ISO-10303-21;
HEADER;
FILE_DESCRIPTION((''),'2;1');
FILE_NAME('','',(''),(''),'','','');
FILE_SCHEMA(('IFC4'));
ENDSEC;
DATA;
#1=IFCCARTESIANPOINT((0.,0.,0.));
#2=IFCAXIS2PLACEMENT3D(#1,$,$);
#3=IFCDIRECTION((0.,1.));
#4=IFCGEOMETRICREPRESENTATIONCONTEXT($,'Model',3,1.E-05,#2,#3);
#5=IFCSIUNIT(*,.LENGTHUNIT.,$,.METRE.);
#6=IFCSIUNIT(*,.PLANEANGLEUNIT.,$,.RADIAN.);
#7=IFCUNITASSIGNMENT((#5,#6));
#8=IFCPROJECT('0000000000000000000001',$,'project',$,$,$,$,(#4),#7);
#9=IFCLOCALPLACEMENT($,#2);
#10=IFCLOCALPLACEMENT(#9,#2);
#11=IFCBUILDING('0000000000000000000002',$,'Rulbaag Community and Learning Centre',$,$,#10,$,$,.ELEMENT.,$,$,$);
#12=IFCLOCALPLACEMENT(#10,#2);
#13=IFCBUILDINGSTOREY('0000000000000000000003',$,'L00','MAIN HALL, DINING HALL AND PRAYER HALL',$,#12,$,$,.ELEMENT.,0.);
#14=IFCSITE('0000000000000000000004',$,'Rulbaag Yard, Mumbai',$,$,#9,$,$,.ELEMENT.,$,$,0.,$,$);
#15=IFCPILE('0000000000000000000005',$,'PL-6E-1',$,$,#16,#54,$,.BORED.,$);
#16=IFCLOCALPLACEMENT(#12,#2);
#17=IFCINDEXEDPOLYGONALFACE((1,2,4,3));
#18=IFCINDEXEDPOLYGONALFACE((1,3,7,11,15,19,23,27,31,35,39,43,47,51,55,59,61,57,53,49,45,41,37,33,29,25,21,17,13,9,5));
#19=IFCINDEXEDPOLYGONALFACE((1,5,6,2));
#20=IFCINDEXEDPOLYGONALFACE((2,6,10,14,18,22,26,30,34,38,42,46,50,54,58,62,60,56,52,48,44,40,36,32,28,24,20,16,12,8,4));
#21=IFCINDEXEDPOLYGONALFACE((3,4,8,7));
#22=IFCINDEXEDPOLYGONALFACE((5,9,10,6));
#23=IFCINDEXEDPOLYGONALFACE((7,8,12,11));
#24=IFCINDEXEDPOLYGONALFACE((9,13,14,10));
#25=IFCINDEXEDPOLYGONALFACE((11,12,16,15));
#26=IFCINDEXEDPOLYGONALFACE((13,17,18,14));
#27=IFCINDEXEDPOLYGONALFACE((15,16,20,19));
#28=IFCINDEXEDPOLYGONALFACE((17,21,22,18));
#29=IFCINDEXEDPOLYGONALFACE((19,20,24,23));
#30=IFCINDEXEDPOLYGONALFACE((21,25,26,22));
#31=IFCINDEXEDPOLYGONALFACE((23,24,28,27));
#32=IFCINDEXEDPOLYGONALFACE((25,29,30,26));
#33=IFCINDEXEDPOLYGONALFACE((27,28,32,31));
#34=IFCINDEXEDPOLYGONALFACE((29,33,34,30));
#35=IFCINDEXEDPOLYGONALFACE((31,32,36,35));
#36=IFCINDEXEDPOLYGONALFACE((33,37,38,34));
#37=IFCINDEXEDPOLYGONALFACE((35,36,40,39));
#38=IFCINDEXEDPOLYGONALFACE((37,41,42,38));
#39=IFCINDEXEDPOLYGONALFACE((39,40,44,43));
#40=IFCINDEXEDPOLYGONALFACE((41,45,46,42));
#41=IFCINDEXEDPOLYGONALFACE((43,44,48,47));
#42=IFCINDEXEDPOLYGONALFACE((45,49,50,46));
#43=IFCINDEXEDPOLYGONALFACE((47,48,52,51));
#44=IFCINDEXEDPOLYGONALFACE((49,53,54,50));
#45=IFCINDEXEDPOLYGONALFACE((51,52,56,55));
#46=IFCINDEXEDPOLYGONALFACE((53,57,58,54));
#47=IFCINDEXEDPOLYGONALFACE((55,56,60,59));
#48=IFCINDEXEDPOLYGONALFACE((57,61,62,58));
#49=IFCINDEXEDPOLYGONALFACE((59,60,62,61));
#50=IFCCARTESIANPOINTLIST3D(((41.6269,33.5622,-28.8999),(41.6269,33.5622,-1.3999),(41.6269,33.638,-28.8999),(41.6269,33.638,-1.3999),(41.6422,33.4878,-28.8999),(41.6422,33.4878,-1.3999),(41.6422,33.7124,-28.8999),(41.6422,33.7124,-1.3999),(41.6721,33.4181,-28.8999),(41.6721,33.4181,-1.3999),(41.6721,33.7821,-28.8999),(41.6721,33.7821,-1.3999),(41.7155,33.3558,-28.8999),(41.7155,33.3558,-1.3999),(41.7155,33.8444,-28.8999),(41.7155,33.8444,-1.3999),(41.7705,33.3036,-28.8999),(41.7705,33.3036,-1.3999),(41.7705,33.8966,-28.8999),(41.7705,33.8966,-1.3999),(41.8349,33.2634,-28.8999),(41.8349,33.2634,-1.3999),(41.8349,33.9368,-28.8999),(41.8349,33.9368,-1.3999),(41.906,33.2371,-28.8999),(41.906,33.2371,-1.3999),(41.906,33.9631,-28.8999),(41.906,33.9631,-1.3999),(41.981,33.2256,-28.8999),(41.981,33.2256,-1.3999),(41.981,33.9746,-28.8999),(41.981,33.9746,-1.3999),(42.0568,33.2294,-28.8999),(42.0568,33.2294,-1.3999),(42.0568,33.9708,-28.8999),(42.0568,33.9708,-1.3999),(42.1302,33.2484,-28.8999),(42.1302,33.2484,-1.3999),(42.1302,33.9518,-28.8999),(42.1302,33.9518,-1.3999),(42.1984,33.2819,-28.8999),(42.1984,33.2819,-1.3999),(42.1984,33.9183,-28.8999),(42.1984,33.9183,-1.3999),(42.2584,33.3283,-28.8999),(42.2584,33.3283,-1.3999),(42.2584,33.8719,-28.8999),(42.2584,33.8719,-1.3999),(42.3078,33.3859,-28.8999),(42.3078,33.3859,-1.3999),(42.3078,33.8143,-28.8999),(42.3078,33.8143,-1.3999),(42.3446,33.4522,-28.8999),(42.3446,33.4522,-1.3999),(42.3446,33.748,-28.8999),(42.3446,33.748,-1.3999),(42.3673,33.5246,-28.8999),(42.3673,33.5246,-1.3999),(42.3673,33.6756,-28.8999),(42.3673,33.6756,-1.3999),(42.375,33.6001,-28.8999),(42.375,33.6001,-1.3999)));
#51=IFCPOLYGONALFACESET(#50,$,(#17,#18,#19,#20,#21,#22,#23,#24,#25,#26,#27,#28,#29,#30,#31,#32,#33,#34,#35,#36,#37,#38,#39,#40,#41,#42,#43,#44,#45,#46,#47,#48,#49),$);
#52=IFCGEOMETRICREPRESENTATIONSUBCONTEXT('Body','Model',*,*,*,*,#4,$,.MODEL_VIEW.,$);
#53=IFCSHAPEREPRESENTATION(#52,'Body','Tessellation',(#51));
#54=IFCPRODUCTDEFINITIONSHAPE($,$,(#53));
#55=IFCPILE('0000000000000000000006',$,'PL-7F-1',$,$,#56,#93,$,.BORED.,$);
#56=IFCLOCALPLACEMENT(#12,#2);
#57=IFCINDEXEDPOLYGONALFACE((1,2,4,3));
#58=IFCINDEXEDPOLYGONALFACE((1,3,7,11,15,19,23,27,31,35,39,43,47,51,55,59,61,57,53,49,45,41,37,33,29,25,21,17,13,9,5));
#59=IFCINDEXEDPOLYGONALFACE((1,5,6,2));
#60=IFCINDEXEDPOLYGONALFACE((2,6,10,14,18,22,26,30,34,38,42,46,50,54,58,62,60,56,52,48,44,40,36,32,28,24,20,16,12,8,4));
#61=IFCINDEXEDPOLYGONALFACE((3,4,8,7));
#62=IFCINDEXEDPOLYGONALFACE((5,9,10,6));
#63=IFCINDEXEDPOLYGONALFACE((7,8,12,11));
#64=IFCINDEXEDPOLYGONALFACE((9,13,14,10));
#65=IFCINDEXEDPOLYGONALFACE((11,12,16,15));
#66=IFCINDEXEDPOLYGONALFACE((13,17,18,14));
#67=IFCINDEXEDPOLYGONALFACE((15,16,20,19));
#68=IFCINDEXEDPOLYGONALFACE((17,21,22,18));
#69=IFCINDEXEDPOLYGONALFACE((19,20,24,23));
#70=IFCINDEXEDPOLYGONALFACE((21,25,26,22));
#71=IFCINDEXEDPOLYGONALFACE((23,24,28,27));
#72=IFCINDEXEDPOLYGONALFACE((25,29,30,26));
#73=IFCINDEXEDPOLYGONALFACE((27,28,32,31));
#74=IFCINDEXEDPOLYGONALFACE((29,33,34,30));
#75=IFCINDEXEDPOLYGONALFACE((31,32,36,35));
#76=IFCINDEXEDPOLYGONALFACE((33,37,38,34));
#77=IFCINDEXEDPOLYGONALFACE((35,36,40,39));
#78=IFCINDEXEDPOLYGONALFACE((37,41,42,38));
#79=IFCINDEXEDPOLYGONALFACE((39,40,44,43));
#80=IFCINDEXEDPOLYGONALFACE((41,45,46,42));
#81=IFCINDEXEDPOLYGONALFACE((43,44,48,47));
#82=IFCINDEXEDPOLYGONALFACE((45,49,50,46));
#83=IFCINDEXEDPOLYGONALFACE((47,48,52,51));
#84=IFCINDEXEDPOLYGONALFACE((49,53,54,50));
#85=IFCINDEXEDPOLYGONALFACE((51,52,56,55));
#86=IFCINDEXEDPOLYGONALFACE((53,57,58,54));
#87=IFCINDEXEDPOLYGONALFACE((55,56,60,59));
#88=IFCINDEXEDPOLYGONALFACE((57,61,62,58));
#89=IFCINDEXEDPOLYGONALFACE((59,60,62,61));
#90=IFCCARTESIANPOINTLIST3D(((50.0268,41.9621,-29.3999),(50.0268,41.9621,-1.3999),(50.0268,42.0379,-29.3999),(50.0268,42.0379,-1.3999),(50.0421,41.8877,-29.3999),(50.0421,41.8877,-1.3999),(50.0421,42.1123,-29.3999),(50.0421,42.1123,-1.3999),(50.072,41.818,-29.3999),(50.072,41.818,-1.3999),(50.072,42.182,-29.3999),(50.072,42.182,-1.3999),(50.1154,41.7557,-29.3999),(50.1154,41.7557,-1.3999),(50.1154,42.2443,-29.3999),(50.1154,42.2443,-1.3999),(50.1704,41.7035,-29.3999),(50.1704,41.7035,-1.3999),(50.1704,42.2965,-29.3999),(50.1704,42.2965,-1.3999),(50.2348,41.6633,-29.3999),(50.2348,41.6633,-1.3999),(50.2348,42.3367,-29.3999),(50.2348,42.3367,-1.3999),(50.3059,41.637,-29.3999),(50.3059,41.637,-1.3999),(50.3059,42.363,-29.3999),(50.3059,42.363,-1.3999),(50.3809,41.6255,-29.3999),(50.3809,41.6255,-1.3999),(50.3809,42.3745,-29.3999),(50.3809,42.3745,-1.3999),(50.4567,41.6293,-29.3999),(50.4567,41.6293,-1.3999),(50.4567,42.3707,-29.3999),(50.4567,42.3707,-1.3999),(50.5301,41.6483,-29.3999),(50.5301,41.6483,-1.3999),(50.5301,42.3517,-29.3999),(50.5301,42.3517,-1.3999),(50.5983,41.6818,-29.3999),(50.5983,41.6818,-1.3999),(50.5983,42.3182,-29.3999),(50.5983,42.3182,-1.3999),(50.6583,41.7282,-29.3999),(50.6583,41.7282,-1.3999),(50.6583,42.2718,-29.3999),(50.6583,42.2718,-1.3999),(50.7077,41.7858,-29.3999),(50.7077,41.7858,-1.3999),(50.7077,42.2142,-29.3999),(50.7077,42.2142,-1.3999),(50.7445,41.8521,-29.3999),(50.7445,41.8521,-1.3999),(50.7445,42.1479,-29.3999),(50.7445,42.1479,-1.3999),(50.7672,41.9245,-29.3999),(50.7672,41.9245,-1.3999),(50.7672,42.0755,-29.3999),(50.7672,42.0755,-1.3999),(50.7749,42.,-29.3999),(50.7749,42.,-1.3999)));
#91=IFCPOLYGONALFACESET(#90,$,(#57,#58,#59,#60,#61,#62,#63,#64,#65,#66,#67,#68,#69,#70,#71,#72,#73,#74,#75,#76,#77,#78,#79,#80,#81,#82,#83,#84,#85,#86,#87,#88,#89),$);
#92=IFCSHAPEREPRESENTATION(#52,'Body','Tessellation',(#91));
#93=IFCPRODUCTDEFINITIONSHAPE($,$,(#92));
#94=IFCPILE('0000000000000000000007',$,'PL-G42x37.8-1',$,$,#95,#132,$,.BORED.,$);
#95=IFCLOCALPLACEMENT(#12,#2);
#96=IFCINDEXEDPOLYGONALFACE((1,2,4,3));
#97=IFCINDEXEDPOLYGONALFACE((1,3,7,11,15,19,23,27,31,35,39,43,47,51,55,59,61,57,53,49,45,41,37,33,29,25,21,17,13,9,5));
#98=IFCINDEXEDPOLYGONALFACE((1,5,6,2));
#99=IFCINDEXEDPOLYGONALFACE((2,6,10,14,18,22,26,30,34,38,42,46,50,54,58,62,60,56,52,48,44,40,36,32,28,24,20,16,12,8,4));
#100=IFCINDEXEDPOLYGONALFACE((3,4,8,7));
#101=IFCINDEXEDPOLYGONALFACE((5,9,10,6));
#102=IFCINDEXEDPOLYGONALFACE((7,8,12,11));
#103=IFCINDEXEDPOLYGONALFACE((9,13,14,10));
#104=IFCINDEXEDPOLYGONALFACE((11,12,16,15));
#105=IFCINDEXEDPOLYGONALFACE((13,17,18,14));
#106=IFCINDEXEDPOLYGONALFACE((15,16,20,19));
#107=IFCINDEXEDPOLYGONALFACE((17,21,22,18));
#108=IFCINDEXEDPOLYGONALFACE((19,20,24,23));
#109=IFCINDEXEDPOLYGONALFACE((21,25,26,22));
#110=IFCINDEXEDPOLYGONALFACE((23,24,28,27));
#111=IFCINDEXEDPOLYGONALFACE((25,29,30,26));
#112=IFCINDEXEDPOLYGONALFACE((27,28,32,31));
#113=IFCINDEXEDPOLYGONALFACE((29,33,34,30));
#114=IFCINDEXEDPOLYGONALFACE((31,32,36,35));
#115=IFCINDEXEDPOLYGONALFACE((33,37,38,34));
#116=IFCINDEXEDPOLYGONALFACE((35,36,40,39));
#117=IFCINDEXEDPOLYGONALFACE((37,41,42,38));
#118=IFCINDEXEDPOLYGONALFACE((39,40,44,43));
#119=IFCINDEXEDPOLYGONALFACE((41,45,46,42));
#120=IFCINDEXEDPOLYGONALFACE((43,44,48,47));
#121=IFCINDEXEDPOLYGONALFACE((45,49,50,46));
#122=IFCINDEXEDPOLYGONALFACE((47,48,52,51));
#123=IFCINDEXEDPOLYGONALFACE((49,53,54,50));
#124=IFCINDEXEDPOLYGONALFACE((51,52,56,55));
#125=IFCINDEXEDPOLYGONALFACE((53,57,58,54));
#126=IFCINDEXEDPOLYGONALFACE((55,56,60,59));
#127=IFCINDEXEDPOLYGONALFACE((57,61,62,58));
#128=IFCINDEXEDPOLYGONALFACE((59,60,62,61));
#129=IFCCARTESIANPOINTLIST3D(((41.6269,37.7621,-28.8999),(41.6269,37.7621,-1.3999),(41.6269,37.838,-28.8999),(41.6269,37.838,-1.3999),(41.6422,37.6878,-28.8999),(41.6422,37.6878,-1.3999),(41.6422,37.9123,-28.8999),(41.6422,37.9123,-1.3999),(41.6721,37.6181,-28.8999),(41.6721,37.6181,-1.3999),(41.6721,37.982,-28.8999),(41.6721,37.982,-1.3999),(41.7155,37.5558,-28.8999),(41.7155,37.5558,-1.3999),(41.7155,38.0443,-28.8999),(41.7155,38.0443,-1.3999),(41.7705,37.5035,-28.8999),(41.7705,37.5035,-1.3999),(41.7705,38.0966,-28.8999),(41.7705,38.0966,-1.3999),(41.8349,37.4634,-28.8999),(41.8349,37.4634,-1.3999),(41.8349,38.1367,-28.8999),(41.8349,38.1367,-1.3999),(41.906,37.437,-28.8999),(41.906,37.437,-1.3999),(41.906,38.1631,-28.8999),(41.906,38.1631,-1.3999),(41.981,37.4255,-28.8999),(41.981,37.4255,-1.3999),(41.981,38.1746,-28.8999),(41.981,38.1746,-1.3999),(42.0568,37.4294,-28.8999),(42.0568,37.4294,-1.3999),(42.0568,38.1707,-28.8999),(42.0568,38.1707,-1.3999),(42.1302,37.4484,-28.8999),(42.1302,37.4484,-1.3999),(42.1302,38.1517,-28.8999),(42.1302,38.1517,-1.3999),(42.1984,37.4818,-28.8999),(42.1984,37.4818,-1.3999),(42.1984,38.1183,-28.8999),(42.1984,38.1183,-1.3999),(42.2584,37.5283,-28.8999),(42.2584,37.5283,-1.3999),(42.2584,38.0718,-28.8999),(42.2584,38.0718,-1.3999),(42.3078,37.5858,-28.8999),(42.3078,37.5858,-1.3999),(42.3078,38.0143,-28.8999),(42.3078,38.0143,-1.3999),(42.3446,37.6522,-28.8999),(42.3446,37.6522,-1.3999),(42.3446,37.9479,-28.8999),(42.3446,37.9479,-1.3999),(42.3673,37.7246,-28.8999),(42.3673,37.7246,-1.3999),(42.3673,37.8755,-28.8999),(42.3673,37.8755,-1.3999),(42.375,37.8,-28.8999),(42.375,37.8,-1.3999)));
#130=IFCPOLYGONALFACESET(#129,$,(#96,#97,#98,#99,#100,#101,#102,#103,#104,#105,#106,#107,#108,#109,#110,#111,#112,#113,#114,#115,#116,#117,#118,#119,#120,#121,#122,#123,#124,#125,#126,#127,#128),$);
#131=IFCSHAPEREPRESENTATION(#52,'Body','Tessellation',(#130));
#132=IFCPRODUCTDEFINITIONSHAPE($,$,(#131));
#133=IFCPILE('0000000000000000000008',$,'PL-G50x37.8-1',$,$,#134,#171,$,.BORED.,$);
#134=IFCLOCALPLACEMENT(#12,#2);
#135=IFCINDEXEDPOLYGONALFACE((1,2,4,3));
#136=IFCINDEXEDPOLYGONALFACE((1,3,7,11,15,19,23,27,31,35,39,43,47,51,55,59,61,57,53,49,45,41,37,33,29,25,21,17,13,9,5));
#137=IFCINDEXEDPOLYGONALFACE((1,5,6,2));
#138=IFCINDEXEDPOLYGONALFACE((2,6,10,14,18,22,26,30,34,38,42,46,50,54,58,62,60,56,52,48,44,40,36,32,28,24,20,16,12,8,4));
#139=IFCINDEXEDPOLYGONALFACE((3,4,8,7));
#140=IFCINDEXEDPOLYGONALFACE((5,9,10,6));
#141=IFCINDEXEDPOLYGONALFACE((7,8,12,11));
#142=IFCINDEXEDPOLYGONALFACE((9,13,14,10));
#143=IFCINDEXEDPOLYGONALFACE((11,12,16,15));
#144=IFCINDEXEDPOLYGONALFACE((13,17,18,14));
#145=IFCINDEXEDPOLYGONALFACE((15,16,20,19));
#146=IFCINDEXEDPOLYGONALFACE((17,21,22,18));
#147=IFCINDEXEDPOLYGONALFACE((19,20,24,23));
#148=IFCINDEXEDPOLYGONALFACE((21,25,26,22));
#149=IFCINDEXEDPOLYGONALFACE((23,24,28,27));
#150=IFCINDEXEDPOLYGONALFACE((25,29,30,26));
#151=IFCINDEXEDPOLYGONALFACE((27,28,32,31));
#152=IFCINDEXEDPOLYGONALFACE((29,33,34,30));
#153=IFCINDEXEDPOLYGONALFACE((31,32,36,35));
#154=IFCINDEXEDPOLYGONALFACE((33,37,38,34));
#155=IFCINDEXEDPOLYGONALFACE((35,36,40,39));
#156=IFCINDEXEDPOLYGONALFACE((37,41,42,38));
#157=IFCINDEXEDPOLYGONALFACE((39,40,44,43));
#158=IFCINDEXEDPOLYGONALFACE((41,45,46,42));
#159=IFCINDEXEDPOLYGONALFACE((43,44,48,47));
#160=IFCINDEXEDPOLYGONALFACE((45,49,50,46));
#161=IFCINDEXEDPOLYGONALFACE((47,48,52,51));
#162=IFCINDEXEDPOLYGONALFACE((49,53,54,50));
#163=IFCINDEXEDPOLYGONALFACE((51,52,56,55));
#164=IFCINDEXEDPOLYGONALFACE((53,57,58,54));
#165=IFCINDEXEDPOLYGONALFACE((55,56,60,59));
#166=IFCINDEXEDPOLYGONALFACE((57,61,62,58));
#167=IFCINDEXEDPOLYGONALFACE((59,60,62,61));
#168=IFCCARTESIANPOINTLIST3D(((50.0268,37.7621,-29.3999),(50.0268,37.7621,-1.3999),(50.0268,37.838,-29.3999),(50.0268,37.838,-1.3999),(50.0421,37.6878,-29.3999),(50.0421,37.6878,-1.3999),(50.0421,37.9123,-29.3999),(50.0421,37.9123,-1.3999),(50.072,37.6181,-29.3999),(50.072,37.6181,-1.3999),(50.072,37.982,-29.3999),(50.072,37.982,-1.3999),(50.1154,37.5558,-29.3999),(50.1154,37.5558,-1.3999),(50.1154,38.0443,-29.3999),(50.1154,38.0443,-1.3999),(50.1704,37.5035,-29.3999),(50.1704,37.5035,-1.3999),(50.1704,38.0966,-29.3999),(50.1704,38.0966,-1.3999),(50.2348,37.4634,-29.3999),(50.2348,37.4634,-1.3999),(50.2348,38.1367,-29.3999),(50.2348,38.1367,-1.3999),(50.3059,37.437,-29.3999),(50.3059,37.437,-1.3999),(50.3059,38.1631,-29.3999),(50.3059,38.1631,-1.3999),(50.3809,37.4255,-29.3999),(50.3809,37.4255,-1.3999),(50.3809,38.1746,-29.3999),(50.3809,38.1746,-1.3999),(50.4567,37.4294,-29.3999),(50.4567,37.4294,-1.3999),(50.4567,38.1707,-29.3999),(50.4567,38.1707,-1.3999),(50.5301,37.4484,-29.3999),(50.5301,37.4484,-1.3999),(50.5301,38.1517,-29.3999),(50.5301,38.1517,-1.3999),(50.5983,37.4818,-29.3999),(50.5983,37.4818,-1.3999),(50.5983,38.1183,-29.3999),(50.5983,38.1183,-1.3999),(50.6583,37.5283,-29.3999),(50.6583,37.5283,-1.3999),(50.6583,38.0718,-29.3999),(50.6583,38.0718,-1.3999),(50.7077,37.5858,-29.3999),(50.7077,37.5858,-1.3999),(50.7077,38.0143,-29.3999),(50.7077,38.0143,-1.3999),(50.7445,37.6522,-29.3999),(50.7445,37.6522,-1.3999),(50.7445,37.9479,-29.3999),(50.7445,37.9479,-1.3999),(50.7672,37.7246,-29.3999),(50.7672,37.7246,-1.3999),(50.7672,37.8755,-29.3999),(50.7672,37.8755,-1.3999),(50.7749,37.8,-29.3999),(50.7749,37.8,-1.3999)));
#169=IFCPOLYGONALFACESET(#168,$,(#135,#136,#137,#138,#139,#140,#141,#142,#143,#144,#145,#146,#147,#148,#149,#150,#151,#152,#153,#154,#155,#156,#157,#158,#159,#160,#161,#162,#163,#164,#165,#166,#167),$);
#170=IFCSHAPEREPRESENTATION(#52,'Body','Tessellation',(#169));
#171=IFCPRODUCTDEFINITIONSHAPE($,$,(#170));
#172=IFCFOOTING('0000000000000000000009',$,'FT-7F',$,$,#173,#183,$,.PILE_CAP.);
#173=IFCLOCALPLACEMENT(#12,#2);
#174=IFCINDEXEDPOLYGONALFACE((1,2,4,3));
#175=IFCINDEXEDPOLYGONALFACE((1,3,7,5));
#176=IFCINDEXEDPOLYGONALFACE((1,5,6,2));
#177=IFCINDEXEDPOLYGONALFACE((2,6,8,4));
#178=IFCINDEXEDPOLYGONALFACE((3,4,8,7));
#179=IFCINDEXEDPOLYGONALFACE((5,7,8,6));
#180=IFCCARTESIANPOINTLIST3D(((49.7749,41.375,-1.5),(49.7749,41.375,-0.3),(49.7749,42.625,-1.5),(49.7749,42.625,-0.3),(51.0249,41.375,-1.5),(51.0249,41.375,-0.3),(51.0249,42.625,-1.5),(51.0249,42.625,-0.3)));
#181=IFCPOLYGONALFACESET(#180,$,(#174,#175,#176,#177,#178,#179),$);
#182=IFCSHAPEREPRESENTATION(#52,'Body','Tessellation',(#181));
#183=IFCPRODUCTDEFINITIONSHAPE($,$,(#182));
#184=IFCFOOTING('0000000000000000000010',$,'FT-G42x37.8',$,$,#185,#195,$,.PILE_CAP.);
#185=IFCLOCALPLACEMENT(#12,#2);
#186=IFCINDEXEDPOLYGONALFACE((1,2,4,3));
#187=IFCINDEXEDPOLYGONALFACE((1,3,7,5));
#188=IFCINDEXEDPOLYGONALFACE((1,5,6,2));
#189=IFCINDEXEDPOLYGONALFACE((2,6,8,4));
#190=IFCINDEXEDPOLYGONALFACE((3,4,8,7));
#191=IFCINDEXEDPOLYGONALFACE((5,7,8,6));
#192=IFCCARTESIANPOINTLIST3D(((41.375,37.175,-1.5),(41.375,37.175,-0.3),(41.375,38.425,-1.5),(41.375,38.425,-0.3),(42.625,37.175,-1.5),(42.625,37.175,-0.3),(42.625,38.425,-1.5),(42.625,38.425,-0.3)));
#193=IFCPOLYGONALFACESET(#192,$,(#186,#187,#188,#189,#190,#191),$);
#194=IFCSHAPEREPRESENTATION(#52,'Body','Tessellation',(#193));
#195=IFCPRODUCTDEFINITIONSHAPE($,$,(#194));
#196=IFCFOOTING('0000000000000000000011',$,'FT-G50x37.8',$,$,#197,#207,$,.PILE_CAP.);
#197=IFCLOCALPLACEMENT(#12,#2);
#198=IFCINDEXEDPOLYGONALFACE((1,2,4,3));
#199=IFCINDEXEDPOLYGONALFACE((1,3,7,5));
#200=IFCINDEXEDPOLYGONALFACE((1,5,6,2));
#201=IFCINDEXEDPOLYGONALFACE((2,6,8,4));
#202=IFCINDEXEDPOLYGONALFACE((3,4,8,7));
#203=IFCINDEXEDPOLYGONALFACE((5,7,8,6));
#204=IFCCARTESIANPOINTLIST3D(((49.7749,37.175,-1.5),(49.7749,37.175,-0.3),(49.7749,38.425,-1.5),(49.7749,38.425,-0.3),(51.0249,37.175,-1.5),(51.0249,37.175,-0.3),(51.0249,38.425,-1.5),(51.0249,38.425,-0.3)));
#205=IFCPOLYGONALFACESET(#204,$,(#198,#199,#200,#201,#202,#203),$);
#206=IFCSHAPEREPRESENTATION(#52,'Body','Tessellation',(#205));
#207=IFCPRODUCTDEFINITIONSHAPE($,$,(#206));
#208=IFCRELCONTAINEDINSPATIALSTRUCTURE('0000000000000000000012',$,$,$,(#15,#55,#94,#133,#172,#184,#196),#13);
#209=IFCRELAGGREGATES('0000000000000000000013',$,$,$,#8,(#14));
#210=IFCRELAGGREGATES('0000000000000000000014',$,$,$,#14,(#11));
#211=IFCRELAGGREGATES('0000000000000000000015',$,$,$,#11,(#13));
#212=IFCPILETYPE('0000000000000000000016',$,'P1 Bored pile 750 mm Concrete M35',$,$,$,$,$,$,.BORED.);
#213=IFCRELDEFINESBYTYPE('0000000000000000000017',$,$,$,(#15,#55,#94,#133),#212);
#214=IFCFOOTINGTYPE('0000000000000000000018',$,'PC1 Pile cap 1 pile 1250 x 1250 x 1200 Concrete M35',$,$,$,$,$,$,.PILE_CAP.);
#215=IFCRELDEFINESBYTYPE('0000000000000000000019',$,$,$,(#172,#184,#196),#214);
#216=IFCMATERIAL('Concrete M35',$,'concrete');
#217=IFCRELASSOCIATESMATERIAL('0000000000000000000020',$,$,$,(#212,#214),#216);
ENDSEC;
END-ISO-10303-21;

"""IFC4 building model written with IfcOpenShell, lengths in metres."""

from ifc_helpers import new_model, si_unit, direction, frame, origin, origin_2d, place, context, subcontext, project, spatial, rectangle, circle, extrude, material, material_profile, profile_set, type_object, element, save


model = new_model("IFC4")

# Units and contexts
model_context = context("Model", 3, precision=1e-05, world=origin(), true_north=direction((0.0, 1.0)))
body_context = subcontext(model_context, "Body", "Model", "MODEL_VIEW")
ifc_project = project(units=[si_unit("LENGTHUNIT", "METRE"), si_unit("PLANEANGLEUNIT", "RADIAN")], contexts=[model_context])

# Site, building, storey
site_placement = place(None, origin())
site = spatial("IfcSite", under=ifc_project, at=site_placement, Name="Rulbaag Yard, Mumbai", CompositionType="ELEMENT", RefElevation=0.0)
building_placement = place(site_placement, origin())
building = spatial("IfcBuilding", under=site, at=building_placement, Name="Rulbaag Community and Learning Centre", CompositionType="ELEMENT")
storey_placement = place(building_placement, origin())
storey = spatial("IfcBuildingStorey", under=building, at=storey_placement, Name="L00", Description="MAIN HALL, DINING HALL AND PRAYER HALL", CompositionType="ELEMENT", Elevation=0.0)

# Piles
ifc_material_1 = material(Name="Concrete M35", Category="concrete")
ifc_material_profile_1 = material_profile(ifc_material_1, circle(Radius=0.375, at=origin_2d()), Name="BP750")
ifc_profile_set_1 = profile_set([ifc_material_profile_1], Name="Concrete M35")
pile_type = type_object("IfcPileType", Name="P1 Bored pile 750 mm Concrete M35", PredefinedType="BORED", material=ifc_profile_set_1)
pile_1_placement = place(storey_placement, frame((42.0, 33.6001, -1.3999), z_axis=(0.0, 0.0, -1.0), x_axis=(1.0, 0.0, 0.0)))
element("IfcPile", 1, at=pile_1_placement, inside=storey, type_object=pile_type, Name="PL-6E-1", PredefinedType="BORED", context=body_context, shape_type="SweptSolid", body=[
    extrude(circle(Radius=0.375, at=origin_2d()), origin(), (0.0, 0.0, 1.0), 27.5),
])
pile_2_placement = place(storey_placement, frame((50.3999, 42.0, -1.3999), z_axis=(0.0, 0.0, -1.0), x_axis=(1.0, 0.0, 0.0)))
element("IfcPile", 2, at=pile_2_placement, inside=storey, type_object=pile_type, Name="PL-7F-1", PredefinedType="BORED", context=body_context, shape_type="SweptSolid", body=[
    extrude(circle(Radius=0.375, at=origin_2d()), origin(), (0.0, 0.0, 1.0), 28.0),
])
pile_3_placement = place(storey_placement, frame((42.0, 37.8, -1.3999), z_axis=(0.0, 0.0, -1.0), x_axis=(1.0, 0.0, 0.0)))
element("IfcPile", 3, at=pile_3_placement, inside=storey, type_object=pile_type, Name="PL-G42x37.8-1", PredefinedType="BORED", context=body_context, shape_type="SweptSolid", body=[
    extrude(circle(Radius=0.375, at=origin_2d()), origin(), (0.0, 0.0, 1.0), 27.5),
])
pile_4_placement = place(storey_placement, frame((50.3999, 37.8, -1.3999), z_axis=(0.0, 0.0, -1.0), x_axis=(1.0, 0.0, 0.0)))
element("IfcPile", 4, at=pile_4_placement, inside=storey, type_object=pile_type, Name="PL-G50x37.8-1", PredefinedType="BORED", context=body_context, shape_type="SweptSolid", body=[
    extrude(circle(Radius=0.375, at=origin_2d()), origin(), (0.0, 0.0, 1.0), 28.0),
])

# Footings
footing_type = type_object("IfcFootingType", Name="PC1 Pile cap 1 pile 1250 x 1250 x 1200 Concrete M35", PredefinedType="PILE_CAP", material=ifc_material_1)
for number, where, z_axis, x_axis, name in (
    (5, (50.3999, 42.0, -1.5), (0.0, 0.0, 1.0), (1.0, 0.0, 0.0), "FT-7F"),
    (6, (42.0, 37.8, -1.5), (0.0, 0.0, 1.0), (1.0, 0.0, 0.0), "FT-G42x37.8"),
    (7, (50.3999, 37.8, -1.5), (0.0, 0.0, 1.0), (1.0, 0.0, 0.0), "FT-G50x37.8"),
):
    element("IfcFooting", number, at=place(storey_placement, frame(where, z_axis=z_axis, x_axis=x_axis)), inside=storey, type_object=footing_type, Name=name, PredefinedType="PILE_CAP", context=body_context, shape_type="SweptSolid", body=[
        extrude(rectangle(XDim=1.25, YDim=1.25, at=origin_2d()), origin(), (0.0, 0.0, 1.0), 1.2),
    ])

save(model, "model.ifc")
